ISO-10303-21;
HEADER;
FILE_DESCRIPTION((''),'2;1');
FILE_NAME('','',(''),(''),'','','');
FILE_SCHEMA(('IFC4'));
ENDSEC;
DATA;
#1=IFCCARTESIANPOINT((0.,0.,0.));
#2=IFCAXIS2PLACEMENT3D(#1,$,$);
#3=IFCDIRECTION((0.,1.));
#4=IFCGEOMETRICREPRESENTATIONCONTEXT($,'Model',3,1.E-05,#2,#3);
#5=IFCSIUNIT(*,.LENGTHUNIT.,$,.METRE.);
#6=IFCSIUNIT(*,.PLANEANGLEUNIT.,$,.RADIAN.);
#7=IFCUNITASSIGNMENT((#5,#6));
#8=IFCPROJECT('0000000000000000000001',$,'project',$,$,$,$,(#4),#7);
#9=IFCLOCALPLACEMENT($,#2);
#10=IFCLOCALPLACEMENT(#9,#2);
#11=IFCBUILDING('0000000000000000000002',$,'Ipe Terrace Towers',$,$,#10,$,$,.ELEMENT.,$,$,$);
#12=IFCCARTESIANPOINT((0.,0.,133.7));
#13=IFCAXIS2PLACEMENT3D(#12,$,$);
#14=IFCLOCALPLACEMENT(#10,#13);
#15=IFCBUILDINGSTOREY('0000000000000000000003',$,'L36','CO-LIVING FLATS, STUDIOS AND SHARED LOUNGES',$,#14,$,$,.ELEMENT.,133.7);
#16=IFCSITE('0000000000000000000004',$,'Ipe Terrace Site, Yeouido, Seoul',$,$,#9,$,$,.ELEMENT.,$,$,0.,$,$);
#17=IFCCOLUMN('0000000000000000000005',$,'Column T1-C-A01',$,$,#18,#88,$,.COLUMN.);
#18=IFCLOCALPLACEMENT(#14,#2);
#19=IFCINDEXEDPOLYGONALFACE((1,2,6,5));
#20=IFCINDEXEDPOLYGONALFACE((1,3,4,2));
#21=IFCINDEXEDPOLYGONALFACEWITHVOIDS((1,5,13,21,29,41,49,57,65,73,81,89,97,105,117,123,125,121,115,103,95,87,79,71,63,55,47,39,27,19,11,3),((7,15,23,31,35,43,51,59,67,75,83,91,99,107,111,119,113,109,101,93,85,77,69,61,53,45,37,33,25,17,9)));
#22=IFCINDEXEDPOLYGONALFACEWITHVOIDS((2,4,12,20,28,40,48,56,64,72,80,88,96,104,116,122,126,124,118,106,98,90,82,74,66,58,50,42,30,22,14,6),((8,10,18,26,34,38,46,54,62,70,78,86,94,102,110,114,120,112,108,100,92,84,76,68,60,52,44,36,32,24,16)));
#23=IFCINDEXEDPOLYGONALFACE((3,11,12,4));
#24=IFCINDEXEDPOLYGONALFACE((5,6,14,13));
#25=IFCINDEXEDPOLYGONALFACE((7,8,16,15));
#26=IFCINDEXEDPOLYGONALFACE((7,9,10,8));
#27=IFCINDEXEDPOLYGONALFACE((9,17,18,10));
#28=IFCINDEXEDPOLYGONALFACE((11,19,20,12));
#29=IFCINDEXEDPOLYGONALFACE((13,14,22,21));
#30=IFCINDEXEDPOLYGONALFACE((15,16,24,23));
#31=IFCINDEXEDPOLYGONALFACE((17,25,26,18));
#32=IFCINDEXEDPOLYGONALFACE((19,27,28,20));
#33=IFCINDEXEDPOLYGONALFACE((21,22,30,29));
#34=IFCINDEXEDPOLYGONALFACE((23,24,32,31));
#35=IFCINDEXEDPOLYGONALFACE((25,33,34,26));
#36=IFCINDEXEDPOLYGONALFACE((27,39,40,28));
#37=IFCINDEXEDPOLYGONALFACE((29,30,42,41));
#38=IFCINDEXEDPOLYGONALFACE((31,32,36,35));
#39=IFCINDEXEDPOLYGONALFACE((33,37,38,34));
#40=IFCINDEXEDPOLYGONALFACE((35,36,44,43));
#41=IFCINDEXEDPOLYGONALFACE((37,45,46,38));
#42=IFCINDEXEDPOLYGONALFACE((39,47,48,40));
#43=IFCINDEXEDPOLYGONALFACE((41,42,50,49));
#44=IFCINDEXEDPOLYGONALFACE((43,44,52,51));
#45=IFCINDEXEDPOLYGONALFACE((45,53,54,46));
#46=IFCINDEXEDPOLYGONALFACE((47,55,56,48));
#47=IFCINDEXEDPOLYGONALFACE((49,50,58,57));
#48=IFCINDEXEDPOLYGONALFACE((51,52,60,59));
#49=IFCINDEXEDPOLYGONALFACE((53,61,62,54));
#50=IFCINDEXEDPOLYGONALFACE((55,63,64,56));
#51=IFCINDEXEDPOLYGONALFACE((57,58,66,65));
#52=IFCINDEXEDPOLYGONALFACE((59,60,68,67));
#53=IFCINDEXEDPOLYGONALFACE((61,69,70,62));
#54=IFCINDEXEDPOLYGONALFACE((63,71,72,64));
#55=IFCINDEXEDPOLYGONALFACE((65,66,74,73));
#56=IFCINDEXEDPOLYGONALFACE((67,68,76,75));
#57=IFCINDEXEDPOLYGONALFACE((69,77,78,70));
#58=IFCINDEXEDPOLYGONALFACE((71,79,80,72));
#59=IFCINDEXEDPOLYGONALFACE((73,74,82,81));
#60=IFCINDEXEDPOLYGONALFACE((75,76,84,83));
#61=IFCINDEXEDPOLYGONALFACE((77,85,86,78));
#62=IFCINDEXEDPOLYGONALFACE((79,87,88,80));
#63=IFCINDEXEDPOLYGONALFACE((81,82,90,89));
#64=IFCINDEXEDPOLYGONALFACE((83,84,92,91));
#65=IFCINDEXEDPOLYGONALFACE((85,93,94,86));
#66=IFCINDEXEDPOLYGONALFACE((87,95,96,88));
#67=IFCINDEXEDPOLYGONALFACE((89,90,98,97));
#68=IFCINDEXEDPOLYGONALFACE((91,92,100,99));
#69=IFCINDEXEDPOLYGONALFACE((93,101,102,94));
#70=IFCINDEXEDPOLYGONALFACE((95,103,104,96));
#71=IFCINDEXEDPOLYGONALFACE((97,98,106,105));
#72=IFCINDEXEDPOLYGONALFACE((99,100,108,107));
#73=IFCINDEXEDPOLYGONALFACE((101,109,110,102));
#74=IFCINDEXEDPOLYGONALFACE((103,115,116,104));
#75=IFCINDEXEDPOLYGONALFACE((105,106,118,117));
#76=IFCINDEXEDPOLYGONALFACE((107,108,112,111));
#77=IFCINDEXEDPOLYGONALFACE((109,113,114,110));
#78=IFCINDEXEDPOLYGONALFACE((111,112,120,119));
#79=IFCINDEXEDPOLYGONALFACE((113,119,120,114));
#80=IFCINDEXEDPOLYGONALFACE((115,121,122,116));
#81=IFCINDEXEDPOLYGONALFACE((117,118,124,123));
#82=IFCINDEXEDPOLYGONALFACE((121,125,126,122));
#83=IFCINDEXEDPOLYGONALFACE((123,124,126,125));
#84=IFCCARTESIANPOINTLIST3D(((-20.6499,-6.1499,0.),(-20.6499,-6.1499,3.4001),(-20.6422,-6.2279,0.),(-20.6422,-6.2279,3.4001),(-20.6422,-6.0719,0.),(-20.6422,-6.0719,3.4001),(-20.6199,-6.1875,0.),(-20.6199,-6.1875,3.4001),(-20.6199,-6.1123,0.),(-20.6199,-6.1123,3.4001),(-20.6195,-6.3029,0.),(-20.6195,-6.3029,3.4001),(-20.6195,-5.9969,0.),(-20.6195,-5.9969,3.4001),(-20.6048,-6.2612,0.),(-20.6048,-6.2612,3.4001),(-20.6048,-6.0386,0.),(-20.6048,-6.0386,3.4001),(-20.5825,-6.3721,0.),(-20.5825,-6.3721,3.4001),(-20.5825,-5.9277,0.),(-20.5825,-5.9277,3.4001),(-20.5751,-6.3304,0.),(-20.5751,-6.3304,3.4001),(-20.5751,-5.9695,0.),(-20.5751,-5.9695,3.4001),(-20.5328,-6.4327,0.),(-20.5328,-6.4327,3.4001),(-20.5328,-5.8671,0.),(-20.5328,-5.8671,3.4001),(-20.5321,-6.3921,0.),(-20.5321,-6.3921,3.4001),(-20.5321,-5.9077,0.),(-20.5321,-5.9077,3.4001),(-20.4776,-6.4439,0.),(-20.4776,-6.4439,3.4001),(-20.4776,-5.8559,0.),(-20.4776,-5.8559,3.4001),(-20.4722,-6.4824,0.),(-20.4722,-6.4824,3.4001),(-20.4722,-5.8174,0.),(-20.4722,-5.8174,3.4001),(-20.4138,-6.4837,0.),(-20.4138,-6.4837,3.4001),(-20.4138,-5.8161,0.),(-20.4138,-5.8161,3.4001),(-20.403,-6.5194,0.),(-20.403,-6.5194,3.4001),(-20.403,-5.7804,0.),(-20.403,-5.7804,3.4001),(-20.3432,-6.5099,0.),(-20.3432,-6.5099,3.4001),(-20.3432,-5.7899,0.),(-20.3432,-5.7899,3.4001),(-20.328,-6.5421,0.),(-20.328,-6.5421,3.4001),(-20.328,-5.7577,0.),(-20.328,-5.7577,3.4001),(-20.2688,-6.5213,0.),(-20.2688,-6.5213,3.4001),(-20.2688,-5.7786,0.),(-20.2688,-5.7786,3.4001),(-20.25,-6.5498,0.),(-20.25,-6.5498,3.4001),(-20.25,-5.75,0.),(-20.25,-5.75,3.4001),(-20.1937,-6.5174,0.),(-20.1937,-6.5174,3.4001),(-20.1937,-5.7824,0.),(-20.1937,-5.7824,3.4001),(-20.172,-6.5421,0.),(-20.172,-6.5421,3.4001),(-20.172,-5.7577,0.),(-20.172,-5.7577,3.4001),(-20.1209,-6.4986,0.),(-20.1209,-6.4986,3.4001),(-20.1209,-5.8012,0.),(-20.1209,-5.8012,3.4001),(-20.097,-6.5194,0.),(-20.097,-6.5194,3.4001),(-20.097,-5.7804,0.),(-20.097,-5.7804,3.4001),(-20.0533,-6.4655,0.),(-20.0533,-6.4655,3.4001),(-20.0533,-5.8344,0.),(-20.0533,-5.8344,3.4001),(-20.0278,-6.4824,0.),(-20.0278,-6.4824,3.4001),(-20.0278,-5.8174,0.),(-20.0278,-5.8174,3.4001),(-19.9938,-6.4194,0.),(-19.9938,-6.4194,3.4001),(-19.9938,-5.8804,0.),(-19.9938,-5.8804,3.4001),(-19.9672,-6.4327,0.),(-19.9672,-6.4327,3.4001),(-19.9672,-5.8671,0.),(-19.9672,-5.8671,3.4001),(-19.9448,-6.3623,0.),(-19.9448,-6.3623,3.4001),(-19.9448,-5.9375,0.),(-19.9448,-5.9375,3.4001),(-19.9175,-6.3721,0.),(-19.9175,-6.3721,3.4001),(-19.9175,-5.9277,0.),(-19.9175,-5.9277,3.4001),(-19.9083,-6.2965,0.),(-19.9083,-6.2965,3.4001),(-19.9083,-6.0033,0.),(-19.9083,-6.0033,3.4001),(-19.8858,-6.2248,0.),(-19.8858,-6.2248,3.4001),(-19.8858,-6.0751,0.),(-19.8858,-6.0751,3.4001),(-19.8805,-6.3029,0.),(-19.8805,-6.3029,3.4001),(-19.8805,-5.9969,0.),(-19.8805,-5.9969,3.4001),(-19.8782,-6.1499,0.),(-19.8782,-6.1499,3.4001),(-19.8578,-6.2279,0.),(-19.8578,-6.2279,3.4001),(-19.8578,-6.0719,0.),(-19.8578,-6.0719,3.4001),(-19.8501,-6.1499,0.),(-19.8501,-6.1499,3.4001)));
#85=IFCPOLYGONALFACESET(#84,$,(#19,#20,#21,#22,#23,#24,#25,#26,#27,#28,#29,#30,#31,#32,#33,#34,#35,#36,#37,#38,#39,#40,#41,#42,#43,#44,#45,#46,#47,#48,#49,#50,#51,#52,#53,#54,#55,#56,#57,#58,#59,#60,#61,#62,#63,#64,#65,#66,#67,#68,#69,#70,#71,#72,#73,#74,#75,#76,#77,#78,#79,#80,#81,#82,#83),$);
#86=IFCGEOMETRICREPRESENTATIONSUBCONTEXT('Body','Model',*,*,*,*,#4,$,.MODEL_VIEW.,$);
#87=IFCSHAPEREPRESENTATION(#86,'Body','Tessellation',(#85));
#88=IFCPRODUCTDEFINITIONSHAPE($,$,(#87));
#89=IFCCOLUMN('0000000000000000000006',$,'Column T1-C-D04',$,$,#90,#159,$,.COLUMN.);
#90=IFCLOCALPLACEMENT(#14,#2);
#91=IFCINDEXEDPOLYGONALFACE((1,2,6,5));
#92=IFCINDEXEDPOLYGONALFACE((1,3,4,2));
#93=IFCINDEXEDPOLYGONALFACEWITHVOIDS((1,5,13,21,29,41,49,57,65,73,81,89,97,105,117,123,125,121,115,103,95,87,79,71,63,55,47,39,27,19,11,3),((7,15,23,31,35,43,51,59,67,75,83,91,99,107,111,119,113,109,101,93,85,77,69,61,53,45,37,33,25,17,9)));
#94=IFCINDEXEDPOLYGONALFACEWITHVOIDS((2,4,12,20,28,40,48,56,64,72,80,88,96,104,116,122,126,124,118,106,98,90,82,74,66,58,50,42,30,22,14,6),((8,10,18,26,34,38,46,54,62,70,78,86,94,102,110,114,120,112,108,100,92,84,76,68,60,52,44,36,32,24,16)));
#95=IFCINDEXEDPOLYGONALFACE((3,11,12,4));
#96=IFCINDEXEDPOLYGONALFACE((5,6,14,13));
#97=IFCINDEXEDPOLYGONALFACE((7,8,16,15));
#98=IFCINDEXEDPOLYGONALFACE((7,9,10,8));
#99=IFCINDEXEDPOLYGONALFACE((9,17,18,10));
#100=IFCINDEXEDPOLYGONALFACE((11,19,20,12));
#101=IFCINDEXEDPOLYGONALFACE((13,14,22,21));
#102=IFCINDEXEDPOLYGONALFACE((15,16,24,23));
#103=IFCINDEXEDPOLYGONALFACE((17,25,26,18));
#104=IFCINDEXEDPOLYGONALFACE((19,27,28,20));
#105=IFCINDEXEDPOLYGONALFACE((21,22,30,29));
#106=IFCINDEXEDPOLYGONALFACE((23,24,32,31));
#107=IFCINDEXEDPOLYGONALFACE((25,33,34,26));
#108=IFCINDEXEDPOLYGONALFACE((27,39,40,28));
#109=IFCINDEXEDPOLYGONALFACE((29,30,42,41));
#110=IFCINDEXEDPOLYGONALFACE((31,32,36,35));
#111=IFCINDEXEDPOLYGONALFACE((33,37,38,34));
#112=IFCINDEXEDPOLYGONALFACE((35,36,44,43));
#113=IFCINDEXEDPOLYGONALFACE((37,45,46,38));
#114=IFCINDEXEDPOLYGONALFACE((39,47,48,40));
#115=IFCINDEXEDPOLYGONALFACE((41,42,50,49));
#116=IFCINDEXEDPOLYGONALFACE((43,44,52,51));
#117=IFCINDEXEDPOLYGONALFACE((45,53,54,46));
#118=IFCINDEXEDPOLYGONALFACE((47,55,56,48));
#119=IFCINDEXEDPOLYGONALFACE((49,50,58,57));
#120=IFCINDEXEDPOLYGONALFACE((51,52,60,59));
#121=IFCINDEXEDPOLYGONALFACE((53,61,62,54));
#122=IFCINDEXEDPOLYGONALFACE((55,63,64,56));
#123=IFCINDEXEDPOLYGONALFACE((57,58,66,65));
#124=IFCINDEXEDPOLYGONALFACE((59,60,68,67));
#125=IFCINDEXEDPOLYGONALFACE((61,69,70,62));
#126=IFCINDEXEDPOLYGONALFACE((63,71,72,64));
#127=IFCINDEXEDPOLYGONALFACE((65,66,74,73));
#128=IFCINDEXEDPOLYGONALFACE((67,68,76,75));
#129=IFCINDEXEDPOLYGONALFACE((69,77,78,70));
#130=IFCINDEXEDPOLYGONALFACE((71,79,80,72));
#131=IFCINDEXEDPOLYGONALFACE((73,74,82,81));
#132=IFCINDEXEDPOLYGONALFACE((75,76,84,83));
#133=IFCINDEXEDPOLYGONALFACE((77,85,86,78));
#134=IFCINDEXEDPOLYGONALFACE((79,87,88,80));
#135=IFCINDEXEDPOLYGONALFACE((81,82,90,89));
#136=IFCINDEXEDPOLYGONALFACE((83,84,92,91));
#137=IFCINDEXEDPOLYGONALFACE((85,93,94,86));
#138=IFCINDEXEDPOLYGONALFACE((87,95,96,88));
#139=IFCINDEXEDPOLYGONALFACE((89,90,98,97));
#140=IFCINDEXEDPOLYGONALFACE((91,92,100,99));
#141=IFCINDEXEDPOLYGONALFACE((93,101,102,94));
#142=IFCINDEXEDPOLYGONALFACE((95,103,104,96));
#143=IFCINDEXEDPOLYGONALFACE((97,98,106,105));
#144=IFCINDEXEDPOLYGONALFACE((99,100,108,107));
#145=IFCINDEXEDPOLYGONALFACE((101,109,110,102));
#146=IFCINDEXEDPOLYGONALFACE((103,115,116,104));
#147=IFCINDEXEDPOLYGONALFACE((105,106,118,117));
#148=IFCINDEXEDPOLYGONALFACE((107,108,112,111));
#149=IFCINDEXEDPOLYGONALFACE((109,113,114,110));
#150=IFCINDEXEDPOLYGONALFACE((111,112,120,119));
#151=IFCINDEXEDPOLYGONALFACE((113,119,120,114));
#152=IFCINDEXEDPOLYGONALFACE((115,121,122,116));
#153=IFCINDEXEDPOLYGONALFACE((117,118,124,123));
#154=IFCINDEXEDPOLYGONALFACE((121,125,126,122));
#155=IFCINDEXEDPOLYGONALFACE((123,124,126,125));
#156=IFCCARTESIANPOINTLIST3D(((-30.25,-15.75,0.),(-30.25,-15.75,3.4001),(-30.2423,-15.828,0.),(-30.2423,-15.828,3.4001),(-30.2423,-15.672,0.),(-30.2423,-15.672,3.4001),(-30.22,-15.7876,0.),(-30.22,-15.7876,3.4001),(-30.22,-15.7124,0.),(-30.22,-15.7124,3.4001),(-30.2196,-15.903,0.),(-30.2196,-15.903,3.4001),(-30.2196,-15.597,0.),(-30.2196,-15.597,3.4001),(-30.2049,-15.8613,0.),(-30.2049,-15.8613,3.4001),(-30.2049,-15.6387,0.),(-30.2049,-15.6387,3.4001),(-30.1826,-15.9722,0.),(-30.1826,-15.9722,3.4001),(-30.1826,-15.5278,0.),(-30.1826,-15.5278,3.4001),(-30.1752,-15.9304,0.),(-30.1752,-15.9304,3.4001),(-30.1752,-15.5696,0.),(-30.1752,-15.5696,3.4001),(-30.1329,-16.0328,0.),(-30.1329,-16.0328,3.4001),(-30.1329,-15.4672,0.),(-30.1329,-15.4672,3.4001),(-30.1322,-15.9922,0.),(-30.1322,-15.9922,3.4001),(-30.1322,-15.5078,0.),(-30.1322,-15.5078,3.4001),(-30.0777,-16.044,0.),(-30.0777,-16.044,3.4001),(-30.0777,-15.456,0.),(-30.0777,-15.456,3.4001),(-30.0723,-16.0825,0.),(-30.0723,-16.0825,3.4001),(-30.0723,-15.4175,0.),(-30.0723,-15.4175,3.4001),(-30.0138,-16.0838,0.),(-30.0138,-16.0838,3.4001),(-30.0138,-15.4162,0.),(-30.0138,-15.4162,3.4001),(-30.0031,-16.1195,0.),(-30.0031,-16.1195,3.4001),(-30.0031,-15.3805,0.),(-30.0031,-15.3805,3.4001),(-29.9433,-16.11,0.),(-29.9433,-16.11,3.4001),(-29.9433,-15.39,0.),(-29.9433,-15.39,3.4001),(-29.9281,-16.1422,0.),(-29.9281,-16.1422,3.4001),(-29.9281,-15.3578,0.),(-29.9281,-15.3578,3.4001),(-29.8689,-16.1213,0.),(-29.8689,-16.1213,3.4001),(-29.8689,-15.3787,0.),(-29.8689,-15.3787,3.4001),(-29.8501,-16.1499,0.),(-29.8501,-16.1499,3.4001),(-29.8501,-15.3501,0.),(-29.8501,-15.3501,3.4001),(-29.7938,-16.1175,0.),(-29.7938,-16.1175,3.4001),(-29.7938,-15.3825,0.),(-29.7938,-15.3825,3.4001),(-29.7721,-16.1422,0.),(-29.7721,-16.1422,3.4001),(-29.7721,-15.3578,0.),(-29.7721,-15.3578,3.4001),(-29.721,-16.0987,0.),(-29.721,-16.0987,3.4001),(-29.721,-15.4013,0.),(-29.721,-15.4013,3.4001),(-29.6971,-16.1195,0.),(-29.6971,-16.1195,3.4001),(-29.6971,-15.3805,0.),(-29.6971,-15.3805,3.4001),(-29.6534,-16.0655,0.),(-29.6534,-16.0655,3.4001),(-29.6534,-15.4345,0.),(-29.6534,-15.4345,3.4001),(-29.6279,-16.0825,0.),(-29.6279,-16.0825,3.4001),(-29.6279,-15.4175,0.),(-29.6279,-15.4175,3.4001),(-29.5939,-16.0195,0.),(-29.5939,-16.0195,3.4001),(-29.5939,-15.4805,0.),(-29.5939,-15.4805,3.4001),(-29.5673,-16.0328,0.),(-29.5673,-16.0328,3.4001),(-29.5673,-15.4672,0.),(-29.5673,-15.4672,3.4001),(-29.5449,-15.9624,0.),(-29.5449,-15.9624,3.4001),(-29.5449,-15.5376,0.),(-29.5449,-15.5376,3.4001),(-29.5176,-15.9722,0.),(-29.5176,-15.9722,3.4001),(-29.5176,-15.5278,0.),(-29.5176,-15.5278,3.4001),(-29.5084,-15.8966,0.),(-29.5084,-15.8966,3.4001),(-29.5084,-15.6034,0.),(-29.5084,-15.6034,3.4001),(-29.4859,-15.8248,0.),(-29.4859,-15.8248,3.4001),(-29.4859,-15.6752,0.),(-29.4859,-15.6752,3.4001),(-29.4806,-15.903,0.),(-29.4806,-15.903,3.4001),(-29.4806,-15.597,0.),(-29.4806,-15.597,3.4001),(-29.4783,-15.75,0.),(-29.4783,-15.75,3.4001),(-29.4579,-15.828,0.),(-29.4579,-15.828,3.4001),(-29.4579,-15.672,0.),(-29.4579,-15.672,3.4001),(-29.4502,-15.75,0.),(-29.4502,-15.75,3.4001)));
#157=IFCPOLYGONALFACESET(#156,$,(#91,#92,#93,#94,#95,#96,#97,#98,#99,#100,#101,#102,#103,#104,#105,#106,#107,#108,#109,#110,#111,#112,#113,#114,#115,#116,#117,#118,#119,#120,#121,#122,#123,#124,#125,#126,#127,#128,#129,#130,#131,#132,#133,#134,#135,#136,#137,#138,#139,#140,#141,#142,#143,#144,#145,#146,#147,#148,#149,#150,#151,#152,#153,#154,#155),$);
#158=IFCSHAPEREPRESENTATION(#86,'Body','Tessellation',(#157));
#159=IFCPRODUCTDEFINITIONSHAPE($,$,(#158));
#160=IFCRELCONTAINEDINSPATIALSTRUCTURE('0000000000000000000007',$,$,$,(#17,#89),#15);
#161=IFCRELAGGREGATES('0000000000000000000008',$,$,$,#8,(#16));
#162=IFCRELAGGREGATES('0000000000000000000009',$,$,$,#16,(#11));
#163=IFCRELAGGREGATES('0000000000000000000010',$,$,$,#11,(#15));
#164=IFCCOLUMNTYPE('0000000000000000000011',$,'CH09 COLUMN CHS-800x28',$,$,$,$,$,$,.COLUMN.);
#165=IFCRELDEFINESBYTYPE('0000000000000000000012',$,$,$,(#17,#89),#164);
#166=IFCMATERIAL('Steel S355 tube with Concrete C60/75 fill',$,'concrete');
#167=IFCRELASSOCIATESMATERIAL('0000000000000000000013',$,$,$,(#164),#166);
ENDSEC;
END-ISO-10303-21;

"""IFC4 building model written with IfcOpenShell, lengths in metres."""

from ifc_helpers import new_model, si_unit, direction, frame, origin, origin_2d, place, context, subcontext, project, spatial, hollow_circle, extrude, material, material_profile, profile_set, type_object, element, save


model = new_model("IFC4")

# Units and contexts
model_context = context("Model", 3, precision=1e-05, world=origin(), true_north=direction((0.0, 1.0)))
body_context = subcontext(model_context, "Body", "Model", "MODEL_VIEW")
ifc_project = project(units=[si_unit("LENGTHUNIT", "METRE"), si_unit("PLANEANGLEUNIT", "RADIAN")], contexts=[model_context])

# Site, building, storey
site_placement = place(None, origin())
site = spatial("IfcSite", under=ifc_project, at=site_placement, Name="Ipe Terrace Site, Yeouido, Seoul", CompositionType="ELEMENT", RefElevation=0.0)
building_placement = place(site_placement, origin())
building = spatial("IfcBuilding", under=site, at=building_placement, Name="Ipe Terrace Towers", CompositionType="ELEMENT")
storey_placement = place(building_placement, frame((0.0, 0.0, 133.7)))
storey = spatial("IfcBuildingStorey", under=building, at=storey_placement, Name="L36", Description="CO-LIVING FLATS, STUDIOS AND SHARED LOUNGES", CompositionType="ELEMENT", Elevation=133.7)

# Columns
ifc_material_1 = material(Name="Steel S355 tube with Concrete C60/75 fill", Category="concrete")
ifc_material_profile_1 = material_profile(ifc_material_1, hollow_circle(Radius=0.3999, WallThickness=0.0281, at=origin_2d()), Name="CHS-800x28")
ifc_profile_set_1 = profile_set([ifc_material_profile_1], Name="Steel S355 tube with Concrete C60/75 fill")
column_type_1 = type_object("IfcColumnType", Name="CH09 COLUMN CHS-800x28", PredefinedType="COLUMN", material=ifc_profile_set_1)
for number, where, z_axis, x_axis, name in (
    (1, (-20.25, -6.1499, 0.0), (0.0, 0.0, 1.0), (1.0, 0.0, 0.0), "Column T1-C-A01"),
    (2, (-29.8501, -15.75, 0.0), (0.0, 0.0, 1.0), (1.0, 0.0, 0.0), "Column T1-C-D04"),
):
    element("IfcColumn", number, at=place(storey_placement, frame(where, z_axis=z_axis, x_axis=x_axis)), inside=storey, type_object=column_type_1, Name=name, PredefinedType="COLUMN", context=body_context, shape_type="SweptSolid", body=[
        extrude(hollow_circle(Radius=0.3999, WallThickness=0.0281, at=origin_2d()), origin(), (0.0, 0.0, 1.0), 3.4001),
    ])

save(model, "model.ifc")
